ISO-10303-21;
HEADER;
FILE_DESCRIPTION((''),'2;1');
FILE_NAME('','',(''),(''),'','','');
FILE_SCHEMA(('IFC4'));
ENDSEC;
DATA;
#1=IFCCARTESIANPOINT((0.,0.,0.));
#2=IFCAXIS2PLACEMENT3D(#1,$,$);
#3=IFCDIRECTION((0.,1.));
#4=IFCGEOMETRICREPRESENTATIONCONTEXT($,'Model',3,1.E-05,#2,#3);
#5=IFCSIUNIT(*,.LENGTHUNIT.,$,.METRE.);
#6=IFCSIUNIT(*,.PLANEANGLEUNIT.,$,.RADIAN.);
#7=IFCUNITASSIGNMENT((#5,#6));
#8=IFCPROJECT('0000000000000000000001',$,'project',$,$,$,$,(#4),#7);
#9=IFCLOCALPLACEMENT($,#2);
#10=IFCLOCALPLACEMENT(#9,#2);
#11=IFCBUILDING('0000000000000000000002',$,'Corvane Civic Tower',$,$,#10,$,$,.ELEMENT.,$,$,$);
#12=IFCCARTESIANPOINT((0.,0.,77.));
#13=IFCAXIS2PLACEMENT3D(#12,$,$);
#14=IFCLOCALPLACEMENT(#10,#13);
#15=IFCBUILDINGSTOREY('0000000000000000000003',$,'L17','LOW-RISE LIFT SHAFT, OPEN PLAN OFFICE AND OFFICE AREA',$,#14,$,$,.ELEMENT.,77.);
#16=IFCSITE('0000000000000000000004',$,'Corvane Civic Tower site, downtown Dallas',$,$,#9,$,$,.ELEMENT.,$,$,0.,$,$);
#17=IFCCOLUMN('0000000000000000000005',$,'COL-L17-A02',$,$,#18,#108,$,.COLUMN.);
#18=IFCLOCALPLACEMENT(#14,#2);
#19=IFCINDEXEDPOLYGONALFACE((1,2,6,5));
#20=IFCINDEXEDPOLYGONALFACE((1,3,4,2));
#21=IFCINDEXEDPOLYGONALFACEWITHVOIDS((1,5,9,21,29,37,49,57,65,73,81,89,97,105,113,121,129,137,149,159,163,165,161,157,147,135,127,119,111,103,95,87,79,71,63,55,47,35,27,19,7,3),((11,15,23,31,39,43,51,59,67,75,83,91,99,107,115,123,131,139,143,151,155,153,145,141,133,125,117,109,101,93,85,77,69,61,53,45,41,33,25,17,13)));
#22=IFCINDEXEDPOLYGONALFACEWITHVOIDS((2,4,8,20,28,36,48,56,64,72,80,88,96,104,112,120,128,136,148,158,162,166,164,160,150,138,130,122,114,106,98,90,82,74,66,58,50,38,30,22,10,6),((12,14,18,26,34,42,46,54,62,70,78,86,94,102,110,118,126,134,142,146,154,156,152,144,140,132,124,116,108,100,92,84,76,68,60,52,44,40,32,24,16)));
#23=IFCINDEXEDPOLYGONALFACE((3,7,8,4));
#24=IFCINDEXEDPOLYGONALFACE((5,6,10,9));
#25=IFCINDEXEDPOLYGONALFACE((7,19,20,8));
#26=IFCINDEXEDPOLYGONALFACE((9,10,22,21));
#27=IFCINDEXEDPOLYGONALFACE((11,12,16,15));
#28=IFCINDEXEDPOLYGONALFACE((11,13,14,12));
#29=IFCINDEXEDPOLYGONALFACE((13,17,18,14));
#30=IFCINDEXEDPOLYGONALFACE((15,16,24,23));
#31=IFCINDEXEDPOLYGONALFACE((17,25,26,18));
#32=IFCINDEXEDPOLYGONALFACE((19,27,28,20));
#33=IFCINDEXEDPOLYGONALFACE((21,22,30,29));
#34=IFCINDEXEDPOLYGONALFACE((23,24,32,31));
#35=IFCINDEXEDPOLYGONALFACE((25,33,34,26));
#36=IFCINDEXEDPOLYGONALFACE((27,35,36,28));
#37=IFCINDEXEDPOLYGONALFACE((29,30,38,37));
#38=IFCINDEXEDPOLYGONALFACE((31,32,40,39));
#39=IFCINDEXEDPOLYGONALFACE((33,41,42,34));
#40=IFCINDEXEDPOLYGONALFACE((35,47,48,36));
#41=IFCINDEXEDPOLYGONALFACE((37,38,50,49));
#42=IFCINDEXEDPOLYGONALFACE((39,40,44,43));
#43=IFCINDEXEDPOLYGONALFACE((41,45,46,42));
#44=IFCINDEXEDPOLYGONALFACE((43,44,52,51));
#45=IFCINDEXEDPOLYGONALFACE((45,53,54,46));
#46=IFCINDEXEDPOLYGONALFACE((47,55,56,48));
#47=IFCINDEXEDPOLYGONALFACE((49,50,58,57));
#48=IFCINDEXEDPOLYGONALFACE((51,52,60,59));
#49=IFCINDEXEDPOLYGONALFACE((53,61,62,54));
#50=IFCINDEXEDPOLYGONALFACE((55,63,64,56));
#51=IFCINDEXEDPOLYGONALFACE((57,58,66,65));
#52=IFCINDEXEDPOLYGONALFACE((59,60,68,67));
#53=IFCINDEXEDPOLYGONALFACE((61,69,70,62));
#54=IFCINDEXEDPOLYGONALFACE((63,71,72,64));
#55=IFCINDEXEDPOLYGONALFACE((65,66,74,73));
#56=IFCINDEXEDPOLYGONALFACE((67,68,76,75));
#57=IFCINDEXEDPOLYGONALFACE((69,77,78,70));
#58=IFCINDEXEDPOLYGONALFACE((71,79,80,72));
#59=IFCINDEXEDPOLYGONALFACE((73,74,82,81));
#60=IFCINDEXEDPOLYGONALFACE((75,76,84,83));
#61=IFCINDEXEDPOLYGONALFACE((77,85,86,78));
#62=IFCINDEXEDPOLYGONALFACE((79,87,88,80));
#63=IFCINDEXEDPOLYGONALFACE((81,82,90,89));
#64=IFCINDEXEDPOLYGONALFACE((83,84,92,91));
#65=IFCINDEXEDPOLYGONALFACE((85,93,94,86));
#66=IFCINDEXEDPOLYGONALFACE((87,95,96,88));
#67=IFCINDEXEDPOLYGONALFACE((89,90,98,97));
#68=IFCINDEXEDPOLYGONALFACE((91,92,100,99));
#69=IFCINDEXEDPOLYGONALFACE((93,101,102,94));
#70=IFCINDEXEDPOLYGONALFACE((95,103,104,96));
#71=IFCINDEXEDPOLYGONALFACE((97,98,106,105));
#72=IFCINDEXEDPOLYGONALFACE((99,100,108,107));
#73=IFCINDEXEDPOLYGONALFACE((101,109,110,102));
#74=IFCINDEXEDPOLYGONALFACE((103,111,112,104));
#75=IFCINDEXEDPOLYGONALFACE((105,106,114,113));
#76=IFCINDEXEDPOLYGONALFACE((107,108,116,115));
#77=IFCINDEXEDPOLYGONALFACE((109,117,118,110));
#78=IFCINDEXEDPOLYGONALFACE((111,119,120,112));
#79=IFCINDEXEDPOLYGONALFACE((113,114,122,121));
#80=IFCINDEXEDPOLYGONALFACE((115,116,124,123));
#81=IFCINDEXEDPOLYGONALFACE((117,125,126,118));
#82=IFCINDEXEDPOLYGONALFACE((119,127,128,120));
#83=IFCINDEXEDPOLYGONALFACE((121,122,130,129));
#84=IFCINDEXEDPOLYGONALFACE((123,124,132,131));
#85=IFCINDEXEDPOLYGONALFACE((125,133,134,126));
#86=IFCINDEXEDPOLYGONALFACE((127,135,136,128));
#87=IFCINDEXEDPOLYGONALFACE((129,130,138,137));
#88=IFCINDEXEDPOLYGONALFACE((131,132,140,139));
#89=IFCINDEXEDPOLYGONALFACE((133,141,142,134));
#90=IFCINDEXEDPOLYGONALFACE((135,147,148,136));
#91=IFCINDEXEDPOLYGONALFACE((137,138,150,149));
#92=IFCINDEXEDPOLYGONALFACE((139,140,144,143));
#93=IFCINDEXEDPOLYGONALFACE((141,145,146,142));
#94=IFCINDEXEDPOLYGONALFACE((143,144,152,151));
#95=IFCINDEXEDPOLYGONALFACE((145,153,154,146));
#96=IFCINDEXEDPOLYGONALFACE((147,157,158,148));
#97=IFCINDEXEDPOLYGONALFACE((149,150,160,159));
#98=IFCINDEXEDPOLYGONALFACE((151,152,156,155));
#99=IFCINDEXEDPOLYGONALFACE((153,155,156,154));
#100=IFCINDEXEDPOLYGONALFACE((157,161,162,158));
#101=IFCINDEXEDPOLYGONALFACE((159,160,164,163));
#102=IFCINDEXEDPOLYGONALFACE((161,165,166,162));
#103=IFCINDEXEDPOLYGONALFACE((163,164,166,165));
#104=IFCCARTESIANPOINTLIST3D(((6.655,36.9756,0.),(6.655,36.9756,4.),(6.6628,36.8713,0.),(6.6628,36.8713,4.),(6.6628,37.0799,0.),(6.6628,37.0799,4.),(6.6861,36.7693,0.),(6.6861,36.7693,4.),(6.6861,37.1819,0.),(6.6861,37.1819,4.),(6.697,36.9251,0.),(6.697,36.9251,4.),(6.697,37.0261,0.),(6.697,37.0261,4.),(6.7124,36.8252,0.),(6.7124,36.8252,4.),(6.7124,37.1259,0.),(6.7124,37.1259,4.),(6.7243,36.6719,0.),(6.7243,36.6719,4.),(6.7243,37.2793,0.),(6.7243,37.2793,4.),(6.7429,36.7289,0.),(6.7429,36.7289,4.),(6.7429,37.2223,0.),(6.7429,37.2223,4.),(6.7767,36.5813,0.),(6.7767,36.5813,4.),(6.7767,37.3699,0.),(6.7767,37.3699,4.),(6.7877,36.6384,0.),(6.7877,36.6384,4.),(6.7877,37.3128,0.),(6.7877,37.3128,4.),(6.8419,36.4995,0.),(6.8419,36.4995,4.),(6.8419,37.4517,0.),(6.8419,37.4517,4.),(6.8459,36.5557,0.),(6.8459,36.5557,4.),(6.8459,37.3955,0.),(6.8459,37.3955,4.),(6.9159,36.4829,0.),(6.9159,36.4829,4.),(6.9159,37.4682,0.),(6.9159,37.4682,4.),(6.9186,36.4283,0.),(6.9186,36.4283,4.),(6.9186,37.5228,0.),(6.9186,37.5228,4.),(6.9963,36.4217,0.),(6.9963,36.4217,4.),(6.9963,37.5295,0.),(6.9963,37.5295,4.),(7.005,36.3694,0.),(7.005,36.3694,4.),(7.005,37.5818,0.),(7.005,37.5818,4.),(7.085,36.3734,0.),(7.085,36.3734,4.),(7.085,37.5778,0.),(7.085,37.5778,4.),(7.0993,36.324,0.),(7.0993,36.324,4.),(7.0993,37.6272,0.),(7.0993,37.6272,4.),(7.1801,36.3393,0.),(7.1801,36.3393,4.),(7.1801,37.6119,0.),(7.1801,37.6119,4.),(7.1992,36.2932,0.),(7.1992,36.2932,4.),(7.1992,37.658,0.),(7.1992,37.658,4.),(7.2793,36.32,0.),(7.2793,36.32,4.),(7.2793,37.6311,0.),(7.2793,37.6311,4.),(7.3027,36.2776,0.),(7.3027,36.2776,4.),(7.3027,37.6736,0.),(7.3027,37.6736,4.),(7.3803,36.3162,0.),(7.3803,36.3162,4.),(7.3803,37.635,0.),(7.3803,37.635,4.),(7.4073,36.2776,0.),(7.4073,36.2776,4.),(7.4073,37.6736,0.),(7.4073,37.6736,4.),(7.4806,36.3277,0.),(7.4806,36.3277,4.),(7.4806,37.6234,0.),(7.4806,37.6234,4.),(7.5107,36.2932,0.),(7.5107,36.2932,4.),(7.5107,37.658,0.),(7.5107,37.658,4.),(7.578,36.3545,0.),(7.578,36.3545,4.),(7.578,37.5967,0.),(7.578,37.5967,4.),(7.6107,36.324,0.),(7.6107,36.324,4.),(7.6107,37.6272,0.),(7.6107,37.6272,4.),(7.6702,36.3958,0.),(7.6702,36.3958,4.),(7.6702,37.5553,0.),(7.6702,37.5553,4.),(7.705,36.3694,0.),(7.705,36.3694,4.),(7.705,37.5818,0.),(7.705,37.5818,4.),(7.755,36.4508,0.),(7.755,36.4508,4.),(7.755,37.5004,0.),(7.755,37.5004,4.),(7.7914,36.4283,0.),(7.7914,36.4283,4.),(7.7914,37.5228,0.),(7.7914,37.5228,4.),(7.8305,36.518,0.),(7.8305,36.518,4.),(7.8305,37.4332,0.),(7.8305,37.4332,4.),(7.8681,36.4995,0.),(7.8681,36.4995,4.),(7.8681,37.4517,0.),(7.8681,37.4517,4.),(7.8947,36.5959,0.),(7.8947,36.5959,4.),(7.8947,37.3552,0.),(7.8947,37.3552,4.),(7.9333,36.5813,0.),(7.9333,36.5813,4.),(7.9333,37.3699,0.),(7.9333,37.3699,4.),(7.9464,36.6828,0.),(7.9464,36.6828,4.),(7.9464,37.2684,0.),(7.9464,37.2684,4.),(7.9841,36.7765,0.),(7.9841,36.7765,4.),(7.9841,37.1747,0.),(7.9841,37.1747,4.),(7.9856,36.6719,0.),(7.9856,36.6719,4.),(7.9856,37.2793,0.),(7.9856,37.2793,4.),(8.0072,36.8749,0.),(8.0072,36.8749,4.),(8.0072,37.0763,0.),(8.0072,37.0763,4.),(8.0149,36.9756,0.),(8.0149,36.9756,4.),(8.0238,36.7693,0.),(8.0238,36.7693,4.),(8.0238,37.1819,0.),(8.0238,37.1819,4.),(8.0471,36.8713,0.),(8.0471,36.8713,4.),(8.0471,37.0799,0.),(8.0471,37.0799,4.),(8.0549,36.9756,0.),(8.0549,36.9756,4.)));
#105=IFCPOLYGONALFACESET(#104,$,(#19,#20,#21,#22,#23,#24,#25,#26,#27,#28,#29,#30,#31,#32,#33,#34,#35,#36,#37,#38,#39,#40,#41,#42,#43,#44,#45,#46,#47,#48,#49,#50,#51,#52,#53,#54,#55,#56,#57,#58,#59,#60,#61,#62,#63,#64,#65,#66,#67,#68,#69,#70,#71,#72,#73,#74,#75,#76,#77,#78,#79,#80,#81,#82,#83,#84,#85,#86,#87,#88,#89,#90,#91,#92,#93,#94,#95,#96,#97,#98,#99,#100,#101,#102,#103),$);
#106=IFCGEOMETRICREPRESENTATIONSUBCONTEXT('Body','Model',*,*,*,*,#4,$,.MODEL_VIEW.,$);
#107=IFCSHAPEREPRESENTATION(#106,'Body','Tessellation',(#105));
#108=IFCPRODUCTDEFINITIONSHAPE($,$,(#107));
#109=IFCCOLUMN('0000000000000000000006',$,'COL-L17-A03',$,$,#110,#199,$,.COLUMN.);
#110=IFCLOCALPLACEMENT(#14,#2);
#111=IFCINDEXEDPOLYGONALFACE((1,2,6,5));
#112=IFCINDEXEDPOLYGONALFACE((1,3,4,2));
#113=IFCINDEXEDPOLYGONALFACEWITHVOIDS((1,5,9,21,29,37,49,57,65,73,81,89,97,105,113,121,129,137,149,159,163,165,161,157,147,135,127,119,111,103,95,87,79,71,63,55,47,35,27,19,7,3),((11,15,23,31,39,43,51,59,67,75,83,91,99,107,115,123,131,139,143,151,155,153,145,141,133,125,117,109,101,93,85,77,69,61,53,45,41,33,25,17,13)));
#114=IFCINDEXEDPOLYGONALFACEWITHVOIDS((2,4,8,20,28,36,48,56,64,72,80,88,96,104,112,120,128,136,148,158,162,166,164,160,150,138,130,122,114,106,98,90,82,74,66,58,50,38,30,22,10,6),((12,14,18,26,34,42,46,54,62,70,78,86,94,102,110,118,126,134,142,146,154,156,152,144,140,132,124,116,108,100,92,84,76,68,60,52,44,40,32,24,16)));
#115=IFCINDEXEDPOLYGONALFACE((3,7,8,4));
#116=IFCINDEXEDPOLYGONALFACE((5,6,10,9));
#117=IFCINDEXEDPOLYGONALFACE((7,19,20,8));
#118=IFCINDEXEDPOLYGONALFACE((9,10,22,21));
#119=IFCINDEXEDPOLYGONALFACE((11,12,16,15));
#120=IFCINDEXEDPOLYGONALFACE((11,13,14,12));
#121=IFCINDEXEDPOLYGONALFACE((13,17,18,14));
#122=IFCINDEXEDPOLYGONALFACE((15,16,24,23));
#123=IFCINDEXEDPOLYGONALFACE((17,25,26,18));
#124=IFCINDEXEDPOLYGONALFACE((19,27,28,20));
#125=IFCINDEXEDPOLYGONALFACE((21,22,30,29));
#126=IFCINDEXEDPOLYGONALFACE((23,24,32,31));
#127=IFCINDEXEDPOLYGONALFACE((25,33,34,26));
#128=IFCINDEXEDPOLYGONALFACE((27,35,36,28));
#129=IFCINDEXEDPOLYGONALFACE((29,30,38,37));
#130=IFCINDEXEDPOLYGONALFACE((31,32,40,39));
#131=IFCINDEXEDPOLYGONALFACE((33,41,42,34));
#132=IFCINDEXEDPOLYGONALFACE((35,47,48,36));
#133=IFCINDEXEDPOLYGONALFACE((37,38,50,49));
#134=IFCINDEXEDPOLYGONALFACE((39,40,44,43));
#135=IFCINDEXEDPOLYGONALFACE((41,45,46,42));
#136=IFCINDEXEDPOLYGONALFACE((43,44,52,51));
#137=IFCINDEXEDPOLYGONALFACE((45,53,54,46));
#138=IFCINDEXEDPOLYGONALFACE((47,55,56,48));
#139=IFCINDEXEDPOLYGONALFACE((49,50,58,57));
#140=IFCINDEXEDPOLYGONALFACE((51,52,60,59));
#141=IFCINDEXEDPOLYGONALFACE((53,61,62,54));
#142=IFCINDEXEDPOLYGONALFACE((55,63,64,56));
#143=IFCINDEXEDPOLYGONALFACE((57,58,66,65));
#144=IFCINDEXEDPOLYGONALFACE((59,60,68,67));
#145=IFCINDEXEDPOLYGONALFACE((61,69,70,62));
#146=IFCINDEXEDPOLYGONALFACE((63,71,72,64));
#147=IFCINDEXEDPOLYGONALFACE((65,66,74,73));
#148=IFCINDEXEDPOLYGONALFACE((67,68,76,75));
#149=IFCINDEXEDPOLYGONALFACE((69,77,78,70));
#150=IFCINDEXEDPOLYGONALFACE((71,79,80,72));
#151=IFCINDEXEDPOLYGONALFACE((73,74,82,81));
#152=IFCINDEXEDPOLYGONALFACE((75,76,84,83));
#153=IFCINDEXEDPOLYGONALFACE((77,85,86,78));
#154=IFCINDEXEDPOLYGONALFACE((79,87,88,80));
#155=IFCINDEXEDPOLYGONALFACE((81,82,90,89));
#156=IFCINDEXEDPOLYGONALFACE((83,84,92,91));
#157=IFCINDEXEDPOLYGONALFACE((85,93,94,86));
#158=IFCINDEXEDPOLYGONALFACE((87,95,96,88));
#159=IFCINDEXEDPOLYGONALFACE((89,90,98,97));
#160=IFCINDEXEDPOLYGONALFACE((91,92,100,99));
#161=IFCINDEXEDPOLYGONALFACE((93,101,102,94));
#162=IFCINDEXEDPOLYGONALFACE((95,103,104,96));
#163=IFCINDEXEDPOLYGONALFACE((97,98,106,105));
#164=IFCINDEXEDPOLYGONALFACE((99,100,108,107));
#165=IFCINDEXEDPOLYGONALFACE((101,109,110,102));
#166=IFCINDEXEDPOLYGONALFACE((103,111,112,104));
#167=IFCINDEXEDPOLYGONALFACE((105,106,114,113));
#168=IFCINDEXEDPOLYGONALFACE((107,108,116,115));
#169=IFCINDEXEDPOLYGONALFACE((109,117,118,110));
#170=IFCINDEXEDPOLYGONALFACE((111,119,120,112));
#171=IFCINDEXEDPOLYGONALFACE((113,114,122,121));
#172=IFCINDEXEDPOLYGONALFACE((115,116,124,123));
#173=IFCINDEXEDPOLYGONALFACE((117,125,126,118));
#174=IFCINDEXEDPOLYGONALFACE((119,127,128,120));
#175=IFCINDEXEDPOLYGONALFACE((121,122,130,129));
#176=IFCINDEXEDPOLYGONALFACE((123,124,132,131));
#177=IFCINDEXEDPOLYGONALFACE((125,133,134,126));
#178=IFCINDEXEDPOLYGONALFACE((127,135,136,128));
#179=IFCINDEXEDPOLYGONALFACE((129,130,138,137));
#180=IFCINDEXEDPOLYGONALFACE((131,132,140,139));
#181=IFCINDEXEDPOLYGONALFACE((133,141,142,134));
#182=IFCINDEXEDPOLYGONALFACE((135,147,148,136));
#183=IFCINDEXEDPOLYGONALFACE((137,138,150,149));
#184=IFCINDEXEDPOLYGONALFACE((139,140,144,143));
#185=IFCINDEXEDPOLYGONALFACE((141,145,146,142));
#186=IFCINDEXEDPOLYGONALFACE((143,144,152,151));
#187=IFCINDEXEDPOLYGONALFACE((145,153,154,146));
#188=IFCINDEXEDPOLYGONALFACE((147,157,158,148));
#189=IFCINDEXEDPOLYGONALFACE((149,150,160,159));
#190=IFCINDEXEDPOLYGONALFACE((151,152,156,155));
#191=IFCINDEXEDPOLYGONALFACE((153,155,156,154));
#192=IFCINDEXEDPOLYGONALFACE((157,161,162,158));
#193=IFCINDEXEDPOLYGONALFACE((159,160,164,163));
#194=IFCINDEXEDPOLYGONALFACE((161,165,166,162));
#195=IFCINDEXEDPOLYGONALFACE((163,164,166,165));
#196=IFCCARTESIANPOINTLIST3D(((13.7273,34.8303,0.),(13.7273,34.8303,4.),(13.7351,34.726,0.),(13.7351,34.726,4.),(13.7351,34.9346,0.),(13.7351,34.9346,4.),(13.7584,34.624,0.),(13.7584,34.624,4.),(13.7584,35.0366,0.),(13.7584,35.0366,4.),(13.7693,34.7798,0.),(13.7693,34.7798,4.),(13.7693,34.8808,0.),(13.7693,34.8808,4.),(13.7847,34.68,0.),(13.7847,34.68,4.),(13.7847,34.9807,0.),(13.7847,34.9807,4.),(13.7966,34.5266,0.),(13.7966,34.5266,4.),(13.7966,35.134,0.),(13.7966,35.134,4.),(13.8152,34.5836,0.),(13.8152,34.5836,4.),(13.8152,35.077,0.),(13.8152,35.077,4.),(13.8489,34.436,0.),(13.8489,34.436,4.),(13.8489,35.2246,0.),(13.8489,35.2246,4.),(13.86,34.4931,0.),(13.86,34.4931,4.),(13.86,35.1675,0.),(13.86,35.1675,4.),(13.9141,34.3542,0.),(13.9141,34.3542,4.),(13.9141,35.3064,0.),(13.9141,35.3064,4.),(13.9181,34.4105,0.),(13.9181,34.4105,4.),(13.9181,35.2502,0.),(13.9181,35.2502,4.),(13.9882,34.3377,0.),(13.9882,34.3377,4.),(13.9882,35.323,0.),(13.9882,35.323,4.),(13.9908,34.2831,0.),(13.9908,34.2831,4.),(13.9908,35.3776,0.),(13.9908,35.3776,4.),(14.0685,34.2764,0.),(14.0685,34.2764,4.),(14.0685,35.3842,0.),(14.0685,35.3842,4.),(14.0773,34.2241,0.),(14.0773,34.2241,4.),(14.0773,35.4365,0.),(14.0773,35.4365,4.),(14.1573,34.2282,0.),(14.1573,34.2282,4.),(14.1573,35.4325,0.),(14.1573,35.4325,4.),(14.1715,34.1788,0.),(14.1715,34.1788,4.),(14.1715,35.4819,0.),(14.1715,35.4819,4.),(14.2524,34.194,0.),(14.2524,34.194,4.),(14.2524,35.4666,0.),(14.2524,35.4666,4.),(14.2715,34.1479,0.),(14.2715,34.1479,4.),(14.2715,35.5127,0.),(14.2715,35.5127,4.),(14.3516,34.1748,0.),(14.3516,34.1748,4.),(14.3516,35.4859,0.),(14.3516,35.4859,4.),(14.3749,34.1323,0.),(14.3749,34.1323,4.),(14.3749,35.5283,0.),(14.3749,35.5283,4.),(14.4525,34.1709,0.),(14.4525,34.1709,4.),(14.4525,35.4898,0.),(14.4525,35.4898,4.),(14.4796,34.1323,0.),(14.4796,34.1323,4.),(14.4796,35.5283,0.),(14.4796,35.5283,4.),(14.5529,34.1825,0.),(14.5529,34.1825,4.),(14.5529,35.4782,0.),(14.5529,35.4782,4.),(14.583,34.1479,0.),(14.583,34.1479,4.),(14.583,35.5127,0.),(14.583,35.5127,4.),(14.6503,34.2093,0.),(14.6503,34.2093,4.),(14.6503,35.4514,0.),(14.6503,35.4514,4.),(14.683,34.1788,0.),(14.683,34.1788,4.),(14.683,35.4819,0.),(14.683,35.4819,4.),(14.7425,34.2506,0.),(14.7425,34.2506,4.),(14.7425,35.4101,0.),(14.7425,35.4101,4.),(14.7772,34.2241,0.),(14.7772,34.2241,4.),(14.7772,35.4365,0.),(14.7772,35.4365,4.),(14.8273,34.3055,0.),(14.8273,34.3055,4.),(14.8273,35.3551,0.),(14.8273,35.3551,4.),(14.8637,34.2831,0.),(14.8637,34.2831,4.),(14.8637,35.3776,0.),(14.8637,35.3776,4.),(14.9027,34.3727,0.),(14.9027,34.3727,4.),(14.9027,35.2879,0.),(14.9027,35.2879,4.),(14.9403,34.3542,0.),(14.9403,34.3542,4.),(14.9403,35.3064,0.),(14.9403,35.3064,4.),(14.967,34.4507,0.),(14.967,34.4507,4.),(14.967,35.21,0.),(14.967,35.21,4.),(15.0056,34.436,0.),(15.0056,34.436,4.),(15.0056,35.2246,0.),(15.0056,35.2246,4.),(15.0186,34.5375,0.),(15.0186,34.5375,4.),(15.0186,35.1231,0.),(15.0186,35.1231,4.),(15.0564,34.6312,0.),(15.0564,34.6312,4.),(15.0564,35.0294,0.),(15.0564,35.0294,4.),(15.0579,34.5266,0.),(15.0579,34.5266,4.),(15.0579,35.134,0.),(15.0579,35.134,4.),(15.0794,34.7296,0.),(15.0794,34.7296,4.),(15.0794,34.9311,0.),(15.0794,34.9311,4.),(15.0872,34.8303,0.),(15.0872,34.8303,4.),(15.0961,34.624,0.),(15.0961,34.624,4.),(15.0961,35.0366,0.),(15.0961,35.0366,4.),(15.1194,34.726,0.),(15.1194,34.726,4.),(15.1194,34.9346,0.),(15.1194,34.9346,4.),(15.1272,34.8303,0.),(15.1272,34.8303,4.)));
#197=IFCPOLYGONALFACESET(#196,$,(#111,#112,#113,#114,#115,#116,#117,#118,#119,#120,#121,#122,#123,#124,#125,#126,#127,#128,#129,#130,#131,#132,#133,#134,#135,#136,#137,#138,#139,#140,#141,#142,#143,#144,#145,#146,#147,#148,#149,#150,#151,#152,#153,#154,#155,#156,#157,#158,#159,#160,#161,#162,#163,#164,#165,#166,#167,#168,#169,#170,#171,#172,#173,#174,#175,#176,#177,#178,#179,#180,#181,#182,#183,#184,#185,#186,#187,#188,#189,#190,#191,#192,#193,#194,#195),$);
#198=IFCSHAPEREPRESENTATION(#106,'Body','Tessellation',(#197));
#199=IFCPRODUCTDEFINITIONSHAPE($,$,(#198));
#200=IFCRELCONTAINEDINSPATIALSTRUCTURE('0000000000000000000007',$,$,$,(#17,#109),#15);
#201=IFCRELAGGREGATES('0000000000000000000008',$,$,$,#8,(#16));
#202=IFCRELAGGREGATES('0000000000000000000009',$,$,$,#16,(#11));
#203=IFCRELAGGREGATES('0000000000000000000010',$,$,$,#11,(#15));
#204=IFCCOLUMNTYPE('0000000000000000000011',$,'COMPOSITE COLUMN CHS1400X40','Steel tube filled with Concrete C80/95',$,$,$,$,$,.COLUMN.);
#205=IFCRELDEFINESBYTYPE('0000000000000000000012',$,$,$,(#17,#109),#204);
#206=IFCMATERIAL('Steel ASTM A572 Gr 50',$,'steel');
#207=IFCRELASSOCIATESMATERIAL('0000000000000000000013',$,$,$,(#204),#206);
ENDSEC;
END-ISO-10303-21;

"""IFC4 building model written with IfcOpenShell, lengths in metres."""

from ifc_helpers import new_model, si_unit, direction, frame, origin, origin_2d, place, context, subcontext, project, spatial, hollow_circle, extrude, material, material_profile, profile_set, type_object, element, save


model = new_model("IFC4")

# Units and contexts
model_context = context("Model", 3, precision=1e-05, world=origin(), true_north=direction((0.0, 1.0)))
body_context = subcontext(model_context, "Body", "Model", "MODEL_VIEW")
ifc_project = project(units=[si_unit("LENGTHUNIT", "METRE"), si_unit("PLANEANGLEUNIT", "RADIAN")], contexts=[model_context])

# Site, building, storey
site_placement = place(None, origin())
site = spatial("IfcSite", under=ifc_project, at=site_placement, Name="Corvane Civic Tower site, downtown Dallas", CompositionType="ELEMENT", RefElevation=0.0)
building_placement = place(site_placement, origin())
building = spatial("IfcBuilding", under=site, at=building_placement, Name="Corvane Civic Tower", CompositionType="ELEMENT")
storey_placement = place(building_placement, frame((0.0, 0.0, 77.0)))
storey = spatial("IfcBuildingStorey", under=building, at=storey_placement, Name="L17", Description="LOW-RISE LIFT SHAFT, OPEN PLAN OFFICE AND OFFICE AREA", CompositionType="ELEMENT", Elevation=77.0)

# Columns
ifc_material_1 = material(Name="Steel ASTM A572 Gr 50", Category="steel")
ifc_material_profile_1 = material_profile(ifc_material_1, hollow_circle(Radius=0.7, WallThickness=0.04, at=origin_2d()), Name="CHS1400X40")
ifc_profile_set_1 = profile_set([ifc_material_profile_1], Name="Steel ASTM A572 Gr 50")
column_type = type_object("IfcColumnType", Name="COMPOSITE COLUMN CHS1400X40", Description="Steel tube filled with Concrete C80/95", PredefinedType="COLUMN", material=ifc_profile_set_1)
for number, where, z_axis, x_axis, name in (
    (1, (7.355, 36.9756, 0.0), (0.0, 0.0, 1.0), (1.0, 0.0, 0.0), "COL-L17-A02"),
    (2, (14.4272, 34.8303, 0.0), (0.0, 0.0, 1.0), (1.0, 0.0, 0.0), "COL-L17-A03"),
):
    element("IfcColumn", number, at=place(storey_placement, frame(where, z_axis=z_axis, x_axis=x_axis)), inside=storey, type_object=column_type, Name=name, PredefinedType="COLUMN", context=body_context, shape_type="SweptSolid", body=[
        extrude(hollow_circle(Radius=0.7, WallThickness=0.04, at=origin_2d()), origin(), (0.0, 0.0, 1.0), 4.0),
    ])

save(model, "model.ifc")
